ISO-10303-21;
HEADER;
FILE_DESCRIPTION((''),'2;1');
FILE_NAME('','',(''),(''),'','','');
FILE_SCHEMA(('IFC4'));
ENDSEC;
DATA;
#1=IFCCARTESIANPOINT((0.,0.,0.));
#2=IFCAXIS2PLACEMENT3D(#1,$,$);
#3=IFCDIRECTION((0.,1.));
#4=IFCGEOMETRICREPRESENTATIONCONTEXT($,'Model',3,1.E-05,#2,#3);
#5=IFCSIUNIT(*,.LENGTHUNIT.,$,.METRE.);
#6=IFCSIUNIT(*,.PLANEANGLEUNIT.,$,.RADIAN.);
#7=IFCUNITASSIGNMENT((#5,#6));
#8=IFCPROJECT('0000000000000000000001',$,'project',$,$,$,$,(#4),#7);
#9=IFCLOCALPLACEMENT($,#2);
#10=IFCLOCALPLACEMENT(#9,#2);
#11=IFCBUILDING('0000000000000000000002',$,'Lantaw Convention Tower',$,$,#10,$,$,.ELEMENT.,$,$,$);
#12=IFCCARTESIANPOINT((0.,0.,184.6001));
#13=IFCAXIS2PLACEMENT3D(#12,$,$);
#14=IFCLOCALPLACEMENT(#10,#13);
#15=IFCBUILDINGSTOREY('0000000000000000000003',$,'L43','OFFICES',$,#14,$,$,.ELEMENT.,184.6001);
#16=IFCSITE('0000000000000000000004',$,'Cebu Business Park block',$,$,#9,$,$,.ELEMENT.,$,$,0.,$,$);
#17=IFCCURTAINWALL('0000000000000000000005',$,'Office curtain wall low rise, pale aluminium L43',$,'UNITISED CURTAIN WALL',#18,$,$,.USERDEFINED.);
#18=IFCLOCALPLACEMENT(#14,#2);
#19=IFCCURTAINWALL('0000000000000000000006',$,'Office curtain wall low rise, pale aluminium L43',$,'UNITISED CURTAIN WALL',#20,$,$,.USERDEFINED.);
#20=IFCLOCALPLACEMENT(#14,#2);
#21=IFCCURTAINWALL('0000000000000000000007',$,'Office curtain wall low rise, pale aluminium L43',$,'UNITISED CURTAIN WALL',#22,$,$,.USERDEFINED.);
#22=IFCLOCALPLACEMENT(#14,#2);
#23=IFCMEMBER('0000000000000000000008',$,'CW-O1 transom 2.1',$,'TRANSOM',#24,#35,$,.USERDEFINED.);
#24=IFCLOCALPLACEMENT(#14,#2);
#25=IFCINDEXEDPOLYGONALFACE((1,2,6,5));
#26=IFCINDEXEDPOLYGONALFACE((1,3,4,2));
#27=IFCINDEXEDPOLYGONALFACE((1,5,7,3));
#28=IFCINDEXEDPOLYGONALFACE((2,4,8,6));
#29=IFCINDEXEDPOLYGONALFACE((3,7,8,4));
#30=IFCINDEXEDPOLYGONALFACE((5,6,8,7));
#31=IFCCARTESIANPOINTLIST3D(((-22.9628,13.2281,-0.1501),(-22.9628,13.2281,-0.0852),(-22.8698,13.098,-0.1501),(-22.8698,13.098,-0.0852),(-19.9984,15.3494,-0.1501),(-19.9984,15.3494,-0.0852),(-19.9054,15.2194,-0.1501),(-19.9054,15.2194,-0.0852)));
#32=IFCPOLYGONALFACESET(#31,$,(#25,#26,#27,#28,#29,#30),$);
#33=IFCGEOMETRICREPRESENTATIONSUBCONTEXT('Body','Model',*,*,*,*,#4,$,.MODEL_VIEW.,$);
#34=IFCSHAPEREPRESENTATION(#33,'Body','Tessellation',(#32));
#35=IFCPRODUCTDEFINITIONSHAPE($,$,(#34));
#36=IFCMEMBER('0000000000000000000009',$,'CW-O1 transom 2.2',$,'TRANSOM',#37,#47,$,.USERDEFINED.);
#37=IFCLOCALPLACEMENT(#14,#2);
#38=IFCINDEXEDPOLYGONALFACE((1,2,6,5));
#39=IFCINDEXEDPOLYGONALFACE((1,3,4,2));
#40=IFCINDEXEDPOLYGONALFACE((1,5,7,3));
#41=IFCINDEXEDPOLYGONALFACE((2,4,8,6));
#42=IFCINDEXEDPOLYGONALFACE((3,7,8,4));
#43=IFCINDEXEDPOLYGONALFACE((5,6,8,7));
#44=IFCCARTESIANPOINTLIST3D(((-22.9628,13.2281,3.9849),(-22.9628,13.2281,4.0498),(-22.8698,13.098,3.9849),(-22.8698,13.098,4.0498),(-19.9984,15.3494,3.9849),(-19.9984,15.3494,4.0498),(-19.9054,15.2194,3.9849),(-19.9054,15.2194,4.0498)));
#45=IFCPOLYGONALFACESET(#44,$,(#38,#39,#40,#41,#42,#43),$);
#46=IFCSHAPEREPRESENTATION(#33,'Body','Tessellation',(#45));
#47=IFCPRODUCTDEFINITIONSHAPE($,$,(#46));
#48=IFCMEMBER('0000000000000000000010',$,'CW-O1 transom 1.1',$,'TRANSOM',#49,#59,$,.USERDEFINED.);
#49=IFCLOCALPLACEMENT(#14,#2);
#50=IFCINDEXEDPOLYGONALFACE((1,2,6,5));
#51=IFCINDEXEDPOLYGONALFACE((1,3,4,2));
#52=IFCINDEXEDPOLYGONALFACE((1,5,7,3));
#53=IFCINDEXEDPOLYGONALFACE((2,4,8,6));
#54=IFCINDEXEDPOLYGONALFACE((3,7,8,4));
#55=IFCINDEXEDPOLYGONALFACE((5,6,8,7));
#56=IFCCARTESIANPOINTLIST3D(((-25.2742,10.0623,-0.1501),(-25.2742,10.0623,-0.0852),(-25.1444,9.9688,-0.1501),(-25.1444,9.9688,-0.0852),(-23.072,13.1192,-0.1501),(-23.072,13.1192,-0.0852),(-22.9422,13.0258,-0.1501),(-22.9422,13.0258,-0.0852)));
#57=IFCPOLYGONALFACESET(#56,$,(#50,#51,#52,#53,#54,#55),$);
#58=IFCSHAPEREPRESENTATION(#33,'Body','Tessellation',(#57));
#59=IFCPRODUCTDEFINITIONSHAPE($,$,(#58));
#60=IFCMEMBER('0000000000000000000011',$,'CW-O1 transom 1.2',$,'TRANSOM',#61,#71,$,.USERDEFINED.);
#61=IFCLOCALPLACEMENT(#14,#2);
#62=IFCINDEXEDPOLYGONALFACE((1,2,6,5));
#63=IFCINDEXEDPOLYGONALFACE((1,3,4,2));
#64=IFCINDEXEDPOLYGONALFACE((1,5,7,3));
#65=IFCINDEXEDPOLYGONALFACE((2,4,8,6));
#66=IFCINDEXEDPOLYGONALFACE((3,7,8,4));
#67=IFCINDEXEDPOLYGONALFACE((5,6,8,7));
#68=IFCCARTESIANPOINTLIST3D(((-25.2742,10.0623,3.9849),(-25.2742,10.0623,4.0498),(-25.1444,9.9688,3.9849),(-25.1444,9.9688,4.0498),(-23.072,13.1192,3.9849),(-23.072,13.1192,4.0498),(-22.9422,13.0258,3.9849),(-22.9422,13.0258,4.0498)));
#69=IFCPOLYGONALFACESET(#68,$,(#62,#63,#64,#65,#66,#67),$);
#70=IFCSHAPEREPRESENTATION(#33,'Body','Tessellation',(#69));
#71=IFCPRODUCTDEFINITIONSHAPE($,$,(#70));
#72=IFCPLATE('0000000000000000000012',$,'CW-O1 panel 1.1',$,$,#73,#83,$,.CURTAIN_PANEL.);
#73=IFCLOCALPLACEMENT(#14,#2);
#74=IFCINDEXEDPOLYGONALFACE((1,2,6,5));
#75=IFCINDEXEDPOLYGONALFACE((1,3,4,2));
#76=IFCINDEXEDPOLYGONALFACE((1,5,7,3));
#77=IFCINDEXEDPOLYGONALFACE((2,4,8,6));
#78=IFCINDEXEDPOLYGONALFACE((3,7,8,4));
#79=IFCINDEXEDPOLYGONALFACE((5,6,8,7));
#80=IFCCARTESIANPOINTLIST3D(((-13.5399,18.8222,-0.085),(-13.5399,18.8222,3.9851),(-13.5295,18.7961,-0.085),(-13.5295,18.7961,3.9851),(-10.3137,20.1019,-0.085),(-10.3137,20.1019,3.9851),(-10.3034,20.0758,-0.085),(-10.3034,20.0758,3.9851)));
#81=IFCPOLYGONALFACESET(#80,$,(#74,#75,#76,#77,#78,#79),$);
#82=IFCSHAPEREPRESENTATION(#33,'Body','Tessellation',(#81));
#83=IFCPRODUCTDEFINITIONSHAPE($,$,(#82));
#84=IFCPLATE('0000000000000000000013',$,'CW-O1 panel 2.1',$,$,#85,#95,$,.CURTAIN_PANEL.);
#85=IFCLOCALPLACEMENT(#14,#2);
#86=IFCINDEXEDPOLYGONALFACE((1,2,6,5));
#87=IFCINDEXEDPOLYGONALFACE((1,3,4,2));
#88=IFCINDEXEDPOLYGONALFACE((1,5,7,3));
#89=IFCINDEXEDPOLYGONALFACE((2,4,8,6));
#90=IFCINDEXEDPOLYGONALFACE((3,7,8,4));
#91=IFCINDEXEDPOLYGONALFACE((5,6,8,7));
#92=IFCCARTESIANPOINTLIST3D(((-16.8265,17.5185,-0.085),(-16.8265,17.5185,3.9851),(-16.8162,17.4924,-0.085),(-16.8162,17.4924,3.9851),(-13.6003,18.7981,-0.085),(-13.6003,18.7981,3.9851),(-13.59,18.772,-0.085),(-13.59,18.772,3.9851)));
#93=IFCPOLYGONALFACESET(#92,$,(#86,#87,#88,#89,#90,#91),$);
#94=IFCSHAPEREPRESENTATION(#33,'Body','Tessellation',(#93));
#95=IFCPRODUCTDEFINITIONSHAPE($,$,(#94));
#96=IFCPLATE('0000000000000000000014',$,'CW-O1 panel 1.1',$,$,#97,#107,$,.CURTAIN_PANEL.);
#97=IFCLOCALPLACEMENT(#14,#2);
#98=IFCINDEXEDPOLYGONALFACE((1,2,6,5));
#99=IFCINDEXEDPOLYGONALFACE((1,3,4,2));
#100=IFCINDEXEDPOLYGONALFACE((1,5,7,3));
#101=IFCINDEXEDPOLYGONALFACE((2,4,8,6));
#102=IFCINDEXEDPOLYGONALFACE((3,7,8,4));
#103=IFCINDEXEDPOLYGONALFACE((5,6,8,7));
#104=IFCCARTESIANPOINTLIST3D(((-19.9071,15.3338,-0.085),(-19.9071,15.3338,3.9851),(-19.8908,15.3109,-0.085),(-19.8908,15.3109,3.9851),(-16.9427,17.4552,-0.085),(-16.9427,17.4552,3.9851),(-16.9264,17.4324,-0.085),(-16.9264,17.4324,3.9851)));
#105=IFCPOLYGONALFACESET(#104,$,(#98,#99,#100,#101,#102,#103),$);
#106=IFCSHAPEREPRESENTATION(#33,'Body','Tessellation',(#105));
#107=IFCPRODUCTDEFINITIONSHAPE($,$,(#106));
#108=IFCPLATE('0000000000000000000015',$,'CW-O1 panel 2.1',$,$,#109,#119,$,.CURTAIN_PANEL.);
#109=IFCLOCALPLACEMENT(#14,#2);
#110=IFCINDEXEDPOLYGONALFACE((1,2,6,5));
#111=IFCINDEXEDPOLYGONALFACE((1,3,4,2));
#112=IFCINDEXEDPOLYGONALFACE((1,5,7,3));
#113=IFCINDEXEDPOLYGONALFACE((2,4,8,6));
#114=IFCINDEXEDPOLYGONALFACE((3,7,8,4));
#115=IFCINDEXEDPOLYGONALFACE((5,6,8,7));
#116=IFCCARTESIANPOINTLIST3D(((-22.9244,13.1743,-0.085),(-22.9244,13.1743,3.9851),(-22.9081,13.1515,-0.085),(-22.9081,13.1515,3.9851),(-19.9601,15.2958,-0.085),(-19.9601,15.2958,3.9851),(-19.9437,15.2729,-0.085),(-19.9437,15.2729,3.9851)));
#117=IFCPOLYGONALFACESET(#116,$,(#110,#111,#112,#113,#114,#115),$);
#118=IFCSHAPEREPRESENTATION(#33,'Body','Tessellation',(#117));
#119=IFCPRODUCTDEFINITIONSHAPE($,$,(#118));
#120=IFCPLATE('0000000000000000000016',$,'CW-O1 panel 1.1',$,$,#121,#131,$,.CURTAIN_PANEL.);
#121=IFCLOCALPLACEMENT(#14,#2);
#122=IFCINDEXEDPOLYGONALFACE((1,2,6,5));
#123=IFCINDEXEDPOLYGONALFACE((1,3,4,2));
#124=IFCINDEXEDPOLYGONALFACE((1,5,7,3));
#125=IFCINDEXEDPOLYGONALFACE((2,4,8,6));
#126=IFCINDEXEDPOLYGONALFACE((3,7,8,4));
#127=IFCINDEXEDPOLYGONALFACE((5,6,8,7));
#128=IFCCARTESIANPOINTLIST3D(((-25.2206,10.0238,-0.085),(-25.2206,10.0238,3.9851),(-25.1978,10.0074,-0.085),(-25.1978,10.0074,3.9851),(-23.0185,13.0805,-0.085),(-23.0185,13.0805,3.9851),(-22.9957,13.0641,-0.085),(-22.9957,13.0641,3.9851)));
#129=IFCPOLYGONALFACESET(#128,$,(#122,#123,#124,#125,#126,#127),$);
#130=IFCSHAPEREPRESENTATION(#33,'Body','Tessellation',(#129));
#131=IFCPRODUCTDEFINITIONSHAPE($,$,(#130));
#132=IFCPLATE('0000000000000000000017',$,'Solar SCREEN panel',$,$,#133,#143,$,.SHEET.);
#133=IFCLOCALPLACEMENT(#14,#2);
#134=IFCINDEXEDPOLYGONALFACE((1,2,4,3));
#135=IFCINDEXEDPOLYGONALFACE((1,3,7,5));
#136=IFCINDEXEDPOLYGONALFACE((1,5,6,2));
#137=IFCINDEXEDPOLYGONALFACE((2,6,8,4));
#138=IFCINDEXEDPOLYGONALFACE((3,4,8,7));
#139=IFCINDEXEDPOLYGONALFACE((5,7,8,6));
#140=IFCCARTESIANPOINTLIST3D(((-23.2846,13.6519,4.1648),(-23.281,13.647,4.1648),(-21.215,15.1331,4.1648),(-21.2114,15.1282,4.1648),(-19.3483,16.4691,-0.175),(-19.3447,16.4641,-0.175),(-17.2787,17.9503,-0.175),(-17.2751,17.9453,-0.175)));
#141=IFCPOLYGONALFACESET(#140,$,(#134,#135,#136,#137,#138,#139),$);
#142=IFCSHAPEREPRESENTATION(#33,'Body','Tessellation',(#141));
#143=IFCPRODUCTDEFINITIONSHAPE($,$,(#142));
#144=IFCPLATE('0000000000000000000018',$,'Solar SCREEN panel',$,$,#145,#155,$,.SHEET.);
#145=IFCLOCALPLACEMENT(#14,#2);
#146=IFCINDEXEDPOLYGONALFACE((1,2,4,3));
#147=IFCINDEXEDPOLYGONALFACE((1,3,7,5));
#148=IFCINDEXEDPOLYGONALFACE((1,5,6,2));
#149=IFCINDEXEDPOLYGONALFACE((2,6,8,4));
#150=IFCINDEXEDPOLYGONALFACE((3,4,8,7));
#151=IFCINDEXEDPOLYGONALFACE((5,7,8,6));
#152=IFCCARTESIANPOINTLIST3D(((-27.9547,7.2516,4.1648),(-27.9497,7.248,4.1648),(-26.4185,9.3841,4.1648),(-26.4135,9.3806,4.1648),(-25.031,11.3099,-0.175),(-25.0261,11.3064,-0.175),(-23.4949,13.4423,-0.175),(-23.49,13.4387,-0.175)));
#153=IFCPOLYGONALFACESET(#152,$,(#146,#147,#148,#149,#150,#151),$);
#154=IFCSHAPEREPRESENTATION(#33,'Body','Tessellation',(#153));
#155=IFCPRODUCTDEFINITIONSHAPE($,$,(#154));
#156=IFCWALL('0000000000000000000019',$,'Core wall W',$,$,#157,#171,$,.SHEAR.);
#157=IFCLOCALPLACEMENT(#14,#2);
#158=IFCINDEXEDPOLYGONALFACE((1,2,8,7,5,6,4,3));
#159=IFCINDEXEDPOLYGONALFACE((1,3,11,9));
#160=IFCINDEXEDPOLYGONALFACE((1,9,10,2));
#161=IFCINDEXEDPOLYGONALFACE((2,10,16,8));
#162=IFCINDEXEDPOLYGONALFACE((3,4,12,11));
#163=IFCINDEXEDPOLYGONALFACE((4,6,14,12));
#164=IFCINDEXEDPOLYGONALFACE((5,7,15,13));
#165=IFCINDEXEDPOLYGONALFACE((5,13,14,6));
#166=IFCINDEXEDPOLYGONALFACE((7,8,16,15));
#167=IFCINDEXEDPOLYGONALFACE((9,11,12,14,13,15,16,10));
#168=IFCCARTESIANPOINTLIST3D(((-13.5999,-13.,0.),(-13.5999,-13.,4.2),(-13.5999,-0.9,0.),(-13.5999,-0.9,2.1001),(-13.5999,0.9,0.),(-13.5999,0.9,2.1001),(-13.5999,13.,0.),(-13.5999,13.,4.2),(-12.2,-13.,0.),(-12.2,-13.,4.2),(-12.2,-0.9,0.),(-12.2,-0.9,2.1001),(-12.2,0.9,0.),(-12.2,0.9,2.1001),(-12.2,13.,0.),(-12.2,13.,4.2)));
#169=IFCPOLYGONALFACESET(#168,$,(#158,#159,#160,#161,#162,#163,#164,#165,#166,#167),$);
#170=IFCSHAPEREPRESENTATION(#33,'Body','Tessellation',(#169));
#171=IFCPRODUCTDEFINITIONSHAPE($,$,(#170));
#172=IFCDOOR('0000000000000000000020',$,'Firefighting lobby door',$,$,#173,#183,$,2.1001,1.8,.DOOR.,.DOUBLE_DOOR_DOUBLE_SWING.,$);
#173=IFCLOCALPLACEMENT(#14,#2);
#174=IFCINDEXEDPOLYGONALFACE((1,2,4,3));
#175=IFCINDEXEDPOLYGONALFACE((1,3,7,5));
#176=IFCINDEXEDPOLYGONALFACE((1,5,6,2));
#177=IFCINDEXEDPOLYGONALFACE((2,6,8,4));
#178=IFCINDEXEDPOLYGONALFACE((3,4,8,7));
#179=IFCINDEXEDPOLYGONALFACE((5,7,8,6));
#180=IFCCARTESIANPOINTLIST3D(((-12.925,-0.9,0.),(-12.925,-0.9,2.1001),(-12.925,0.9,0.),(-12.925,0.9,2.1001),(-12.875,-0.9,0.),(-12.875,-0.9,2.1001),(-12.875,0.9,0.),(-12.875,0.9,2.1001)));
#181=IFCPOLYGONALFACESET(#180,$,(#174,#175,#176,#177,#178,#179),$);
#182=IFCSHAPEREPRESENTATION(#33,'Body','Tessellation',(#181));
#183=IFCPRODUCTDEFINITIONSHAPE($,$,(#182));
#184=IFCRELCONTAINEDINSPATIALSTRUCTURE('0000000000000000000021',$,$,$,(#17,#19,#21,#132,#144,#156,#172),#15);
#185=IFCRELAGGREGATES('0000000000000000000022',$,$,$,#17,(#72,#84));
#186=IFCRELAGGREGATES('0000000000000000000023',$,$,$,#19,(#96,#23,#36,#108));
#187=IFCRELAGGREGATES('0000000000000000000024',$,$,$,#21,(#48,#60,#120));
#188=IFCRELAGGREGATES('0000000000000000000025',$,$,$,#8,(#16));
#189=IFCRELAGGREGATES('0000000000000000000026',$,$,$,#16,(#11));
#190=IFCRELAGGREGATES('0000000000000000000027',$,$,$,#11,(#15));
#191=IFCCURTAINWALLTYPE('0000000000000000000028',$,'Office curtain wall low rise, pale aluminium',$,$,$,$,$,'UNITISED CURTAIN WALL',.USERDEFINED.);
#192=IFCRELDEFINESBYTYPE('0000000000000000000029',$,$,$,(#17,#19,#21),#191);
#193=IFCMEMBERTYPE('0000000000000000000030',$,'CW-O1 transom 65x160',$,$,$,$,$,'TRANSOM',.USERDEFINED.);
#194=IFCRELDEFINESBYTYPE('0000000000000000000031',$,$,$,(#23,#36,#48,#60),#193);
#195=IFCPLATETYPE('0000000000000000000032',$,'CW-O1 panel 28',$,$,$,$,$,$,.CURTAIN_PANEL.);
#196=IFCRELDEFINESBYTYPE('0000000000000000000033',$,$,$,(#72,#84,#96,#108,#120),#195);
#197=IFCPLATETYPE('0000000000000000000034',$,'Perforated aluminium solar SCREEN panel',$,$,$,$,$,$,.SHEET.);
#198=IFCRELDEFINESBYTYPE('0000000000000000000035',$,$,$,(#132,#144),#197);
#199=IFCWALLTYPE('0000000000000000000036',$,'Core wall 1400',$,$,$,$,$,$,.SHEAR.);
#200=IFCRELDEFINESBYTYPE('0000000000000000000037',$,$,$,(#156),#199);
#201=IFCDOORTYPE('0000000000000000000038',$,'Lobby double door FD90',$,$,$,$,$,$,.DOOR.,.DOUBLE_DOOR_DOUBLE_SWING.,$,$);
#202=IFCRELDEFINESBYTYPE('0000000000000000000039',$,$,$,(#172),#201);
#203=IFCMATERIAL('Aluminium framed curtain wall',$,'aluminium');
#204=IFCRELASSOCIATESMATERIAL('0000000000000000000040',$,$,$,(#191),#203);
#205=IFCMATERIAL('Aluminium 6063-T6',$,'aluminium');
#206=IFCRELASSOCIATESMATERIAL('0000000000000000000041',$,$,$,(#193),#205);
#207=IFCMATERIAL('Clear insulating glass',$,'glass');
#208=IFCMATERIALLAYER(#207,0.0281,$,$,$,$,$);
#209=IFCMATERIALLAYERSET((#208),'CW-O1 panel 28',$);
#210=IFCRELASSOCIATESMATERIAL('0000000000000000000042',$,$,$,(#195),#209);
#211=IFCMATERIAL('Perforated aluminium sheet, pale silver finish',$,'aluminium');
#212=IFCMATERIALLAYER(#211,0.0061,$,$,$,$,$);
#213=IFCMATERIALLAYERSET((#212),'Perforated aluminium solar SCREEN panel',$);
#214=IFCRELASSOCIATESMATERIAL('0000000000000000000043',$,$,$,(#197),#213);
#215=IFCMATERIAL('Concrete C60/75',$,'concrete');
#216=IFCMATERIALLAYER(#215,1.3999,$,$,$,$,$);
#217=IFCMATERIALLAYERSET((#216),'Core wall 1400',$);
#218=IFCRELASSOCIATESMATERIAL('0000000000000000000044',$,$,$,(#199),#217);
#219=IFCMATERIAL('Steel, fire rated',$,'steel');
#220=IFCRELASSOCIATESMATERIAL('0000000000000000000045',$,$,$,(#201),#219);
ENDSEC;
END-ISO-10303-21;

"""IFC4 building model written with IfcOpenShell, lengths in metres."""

from ifc_helpers import new_model, si_unit, direction, frame, frame_2d, origin, origin_2d, place, context, subcontext, project, spatial, polyline, rectangle, outline, extrude, material, layer, layer_set, material_profile, profile_set, type_object, element, fill, aggregate, save


model = new_model("IFC4")

# Units and contexts
model_context = context("Model", 3, precision=1e-05, world=origin(), true_north=direction((0.0, 1.0)))
body_context = subcontext(model_context, "Body", "Model", "MODEL_VIEW")
ifc_project = project(units=[si_unit("LENGTHUNIT", "METRE"), si_unit("PLANEANGLEUNIT", "RADIAN")], contexts=[model_context])

# Site, building, storey
site_placement = place(None, origin())
site = spatial("IfcSite", under=ifc_project, at=site_placement, Name="Cebu Business Park block", CompositionType="ELEMENT", RefElevation=0.0)
building_placement = place(site_placement, origin())
building = spatial("IfcBuilding", under=site, at=building_placement, Name="Lantaw Convention Tower", CompositionType="ELEMENT")
storey_placement = place(building_placement, frame((0.0, 0.0, 184.6001)))
storey = spatial("IfcBuildingStorey", under=building, at=storey_placement, Name="L43", Description="OFFICES", CompositionType="ELEMENT", Elevation=184.6001)

# Shared definitions
ifc_material_1 = material(Name="Concrete C60/75", Category="concrete")

# Curtain walls
ifc_material_2 = material(Name="Aluminium framed curtain wall", Category="aluminium")
curtain_wall_type = type_object("IfcCurtainWallType", Name="Office curtain wall low rise, pale aluminium", ElementType="UNITISED CURTAIN WALL", PredefinedType="USERDEFINED", material=ifc_material_2)
curtain_wall_1_placement = place(storey_placement, origin())
curtain_wall_1 = element("IfcCurtainWall", 1, at=curtain_wall_1_placement, inside=storey, type_object=curtain_wall_type, Name="Office curtain wall low rise, pale aluminium L43", ObjectType="UNITISED CURTAIN WALL", PredefinedType="USERDEFINED")
ifc_material_3 = material(Name="Aluminium 6063-T6", Category="aluminium")
curtain_wall_2_placement = place(storey_placement, origin())
curtain_wall_2 = element("IfcCurtainWall", 2, at=curtain_wall_2_placement, inside=storey, type_object=curtain_wall_type, Name="Office curtain wall low rise, pale aluminium L43", ObjectType="UNITISED CURTAIN WALL", PredefinedType="USERDEFINED")
curtain_wall_3_placement = place(storey_placement, origin())
curtain_wall_3 = element("IfcCurtainWall", 3, at=curtain_wall_3_placement, inside=storey, type_object=curtain_wall_type, Name="Office curtain wall low rise, pale aluminium L43", ObjectType="UNITISED CURTAIN WALL", PredefinedType="USERDEFINED")

# Members
ifc_material_profile_1 = material_profile(ifc_material_3, rectangle(XDim=0.1599, YDim=0.0649, at=origin_2d()), Name="CW-O1 transom 65x160")
ifc_profile_set_1 = profile_set([ifc_material_profile_1], Name="Aluminium 6063-T6")
member_type_1 = type_object("IfcMemberType", Name="CW-O1 transom 65x160", ElementType="TRANSOM", PredefinedType="USERDEFINED", material=ifc_profile_set_1)
member_1_placement = place(storey_placement, frame((-19.9519, 15.2844, -0.1177), z_axis=(-0.813222, -0.581954, 0.0), x_axis=(0.581954, -0.813222, 0.0)))
member_1 = element("IfcMember", 4, at=member_1_placement, type_object=member_type_1, Name="CW-O1 transom 2.1", ObjectType="TRANSOM", PredefinedType="USERDEFINED", context=body_context, shape_type="SweptSolid", body=[
    extrude(rectangle(XDim=0.1599, YDim=0.0649, at=origin_2d()), origin(), (0.0, 0.0, 1.0), 3.6453),
])
member_2_placement = place(storey_placement, frame((-19.9519, 15.2844, 4.0173), z_axis=(-0.813222, -0.581954, 0.0), x_axis=(0.581954, -0.813222, 0.0)))
member_2 = element("IfcMember", 5, at=member_2_placement, type_object=member_type_1, Name="CW-O1 transom 2.2", ObjectType="TRANSOM", PredefinedType="USERDEFINED", context=body_context, shape_type="SweptSolid", body=[
    extrude(rectangle(XDim=0.1599, YDim=0.0649, at=origin_2d()), origin(), (0.0, 0.0, 1.0), 3.6453),
])
member_3_placement = place(storey_placement, frame((-23.0071, 13.0725, -0.1177), z_axis=(-0.584513, -0.811384, 0.0), x_axis=(0.811384, -0.584513, 0.0)))
member_3 = element("IfcMember", 6, at=member_3_placement, type_object=member_type_1, Name="CW-O1 transom 1.1", ObjectType="TRANSOM", PredefinedType="USERDEFINED", context=body_context, shape_type="SweptSolid", body=[
    extrude(rectangle(XDim=0.1599, YDim=0.0649, at=origin_2d()), origin(), (0.0, 0.0, 1.0), 3.7676),
])
member_4_placement = place(storey_placement, frame((-23.0071, 13.0725, 4.0173), z_axis=(-0.584513, -0.811384, 0.0), x_axis=(0.811384, -0.584513, 0.0)))
member_4 = element("IfcMember", 7, at=member_4_placement, type_object=member_type_1, Name="CW-O1 transom 1.2", ObjectType="TRANSOM", PredefinedType="USERDEFINED", context=body_context, shape_type="SweptSolid", body=[
    extrude(rectangle(XDim=0.1599, YDim=0.0649, at=origin_2d()), origin(), (0.0, 0.0, 1.0), 3.7676),
])

# Plates
ifc_material_4 = material(Name="Clear insulating glass", Category="glass")
ifc_layer_1 = layer(ifc_material_4, 0.0281)
ifc_layer_set_1 = layer_set([ifc_layer_1], Name="CW-O1 panel 28")
plate_type_1 = type_object("IfcPlateType", Name="CW-O1 panel 28", PredefinedType="CURTAIN_PANEL", material=ifc_layer_set_1)
plate_1_placement = place(storey_placement, frame((-11.9216, 19.449, -0.085), z_axis=(0.0, 0.0, 1.0), x_axis=(-0.929548, -0.368702, 0.0)))
plate_1 = element("IfcPlate", 8, at=plate_1_placement, type_object=plate_type_1, Name="CW-O1 panel 1.1", PredefinedType="CURTAIN_PANEL", context=body_context, shape_type="SweptSolid", body=[
    extrude(rectangle(XDim=3.4707, YDim=0.0281, at=origin_2d()), origin(), (0.0, 0.0, 1.0), 4.0701),
])
plate_2_placement = place(storey_placement, frame((-15.2083, 18.1453, -0.085), z_axis=(0.0, 0.0, 1.0), x_axis=(-0.929548, -0.368702, 0.0)))
plate_2 = element("IfcPlate", 9, at=plate_2_placement, type_object=plate_type_1, Name="CW-O1 panel 2.1", PredefinedType="CURTAIN_PANEL", context=body_context, shape_type="SweptSolid", body=[
    extrude(rectangle(XDim=3.4707, YDim=0.0281, at=origin_2d()), origin(), (0.0, 0.0, 1.0), 4.0701),
])
aggregate(curtain_wall_1, [plate_1, plate_2])
plate_3_placement = place(storey_placement, frame((-18.4167, 16.3831, -0.085), z_axis=(0.0, 0.0, 1.0), x_axis=(-0.813208, -0.581973, 0.0)))
plate_3 = element("IfcPlate", 10, at=plate_3_placement, type_object=plate_type_1, Name="CW-O1 panel 1.1", PredefinedType="CURTAIN_PANEL", context=body_context, shape_type="SweptSolid", body=[
    extrude(rectangle(XDim=3.6453, YDim=0.0281, at=origin_2d()), origin(), (0.0, 0.0, 1.0), 4.0701),
])
plate_4_placement = place(storey_placement, frame((-21.4341, 14.2236, -0.085), z_axis=(0.0, 0.0, 1.0), x_axis=(-0.813208, -0.581973, 0.0)))
plate_4 = element("IfcPlate", 11, at=plate_4_placement, type_object=plate_type_1, Name="CW-O1 panel 2.1", PredefinedType="CURTAIN_PANEL", context=body_context, shape_type="SweptSolid", body=[
    extrude(rectangle(XDim=3.6453, YDim=0.0281, at=origin_2d()), origin(), (0.0, 0.0, 1.0), 4.0701),
])
aggregate(curtain_wall_2, [plate_3, member_1, member_2, plate_4])
plate_5_placement = place(storey_placement, frame((-24.1082, 11.5439, -0.085), z_axis=(0.0, 0.0, 1.0), x_axis=(-0.584513, -0.811385, 0.0)))
plate_5 = element("IfcPlate", 12, at=plate_5_placement, type_object=plate_type_1, Name="CW-O1 panel 1.1", PredefinedType="CURTAIN_PANEL", context=body_context, shape_type="SweptSolid", body=[
    extrude(rectangle(XDim=3.7673, YDim=0.0281, at=origin_2d()), origin(), (0.0, 0.0, 1.0), 4.0701),
])
aggregate(curtain_wall_3, [member_3, member_4, plate_5])

# Plates
ifc_material_5 = material(Name="Perforated aluminium sheet, pale silver finish", Category="aluminium")
ifc_layer_2 = layer(ifc_material_5, 0.0061)
ifc_layer_set_2 = layer_set([ifc_layer_2], Name="Perforated aluminium solar SCREEN panel")
plate_type_2 = type_object("IfcPlateType", Name="Perforated aluminium solar SCREEN panel", PredefinedType="SHEET", material=ifc_layer_set_2)
plate_6_placement = place(storey_placement, frame((-17.2751, 17.9453, -0.175), z_axis=(0.582, -0.813189, 0.000012), x_axis=(-0.813189, -0.582, 0.0)))
element("IfcPlate", 13, at=plate_6_placement, inside=storey, type_object=plate_type_2, Name="Solar SCREEN panel", PredefinedType="SHEET", context=body_context, shape_type="SweptSolid", body=[
    extrude(outline(polyline([(0.0, 0.0), (2.545, 0.0), (7.3855, -4.3398), (4.8405, -4.3398), (0.0, 0.0)])), origin(), (0.0, 0.0, -1.0), 0.0061),
])
plate_7_placement = place(storey_placement, frame((-23.49, 13.4387, -0.175), z_axis=(0.811395, -0.584498, 0.000036), x_axis=(-0.584498, -0.811395, 0.0)))
element("IfcPlate", 14, at=plate_7_placement, inside=storey, type_object=plate_type_2, Name="Solar SCREEN panel", PredefinedType="SHEET", context=body_context, shape_type="SweptSolid", body=[
    extrude(outline(polyline([(0.0, 0.0), (2.628, 0.0), (7.6298, -4.3398), (5.0016, -4.3398), (0.0, 0.0)])), origin(), (0.0, 0.0, -1.0), 0.0061),
])

# Wall, opening, door
ifc_layer_3 = layer(ifc_material_1, 1.3999)
ifc_layer_set_3 = layer_set([ifc_layer_3], Name="Core wall 1400")
wall_type_1 = type_object("IfcWallType", Name="Core wall 1400", PredefinedType="SHEAR", material=ifc_layer_set_3)
wall_1_placement = place(storey_placement, frame((-12.8999, 13.0, 0.0), z_axis=(0.0, 0.0, 1.0), x_axis=(0.0, -1.0, 0.0)))
wall_1 = element("IfcWall", 15, at=wall_1_placement, inside=storey, type_object=wall_type_1, Name="Core wall W", PredefinedType="SHEAR", context=body_context, shape_type="SweptSolid", body=[
    extrude(rectangle(XDim=26.0, YDim=1.3999, at=frame_2d((13.0, 0.0))), origin(), (0.0, 0.0, 1.0), 4.2),
])
opening_placement = place(wall_1_placement, frame((12.1001, 0.0, 0.0)))
opening = element("IfcOpeningElement", 16, at=opening_placement, cuts=wall_1, PredefinedType="OPENING", context=body_context, shape_type="SweptSolid", body=[
    extrude(rectangle(XDim=1.8, YDim=2.1001, at=frame_2d((0.8999, 1.05))), frame((0.0, 0.71, 0.0), z_axis=(0.0, -1.0, 0.0), x_axis=(1.0, 0.0, 0.0)), (0.0, 0.0, 1.0), 1.4199),
])
ifc_material_6 = material(Name="Steel, fire rated", Category="steel")
door_type = type_object("IfcDoorType", Name="Lobby double door FD90", OperationType="DOUBLE_DOOR_DOUBLE_SWING", PredefinedType="DOOR", material=ifc_material_6)
door_placement = place(opening_placement, origin())
door = element("IfcDoor", 17, at=door_placement, inside=storey, type_object=door_type, Name="Firefighting lobby door", OperationType="DOUBLE_DOOR_DOUBLE_SWING", OverallHeight=2.1001, OverallWidth=1.8, PredefinedType="DOOR", context=body_context, shape_type="SweptSolid", body=[
    extrude(rectangle(XDim=1.8, YDim=2.1001, at=frame_2d((0.8999, 1.05))), frame((0.0, 0.0249, 0.0), z_axis=(0.0, -1.0, 0.0), x_axis=(1.0, 0.0, 0.0)), (0.0, 0.0, 1.0), 0.05),
])
fill(opening, door)

save(model, "model.ifc")
